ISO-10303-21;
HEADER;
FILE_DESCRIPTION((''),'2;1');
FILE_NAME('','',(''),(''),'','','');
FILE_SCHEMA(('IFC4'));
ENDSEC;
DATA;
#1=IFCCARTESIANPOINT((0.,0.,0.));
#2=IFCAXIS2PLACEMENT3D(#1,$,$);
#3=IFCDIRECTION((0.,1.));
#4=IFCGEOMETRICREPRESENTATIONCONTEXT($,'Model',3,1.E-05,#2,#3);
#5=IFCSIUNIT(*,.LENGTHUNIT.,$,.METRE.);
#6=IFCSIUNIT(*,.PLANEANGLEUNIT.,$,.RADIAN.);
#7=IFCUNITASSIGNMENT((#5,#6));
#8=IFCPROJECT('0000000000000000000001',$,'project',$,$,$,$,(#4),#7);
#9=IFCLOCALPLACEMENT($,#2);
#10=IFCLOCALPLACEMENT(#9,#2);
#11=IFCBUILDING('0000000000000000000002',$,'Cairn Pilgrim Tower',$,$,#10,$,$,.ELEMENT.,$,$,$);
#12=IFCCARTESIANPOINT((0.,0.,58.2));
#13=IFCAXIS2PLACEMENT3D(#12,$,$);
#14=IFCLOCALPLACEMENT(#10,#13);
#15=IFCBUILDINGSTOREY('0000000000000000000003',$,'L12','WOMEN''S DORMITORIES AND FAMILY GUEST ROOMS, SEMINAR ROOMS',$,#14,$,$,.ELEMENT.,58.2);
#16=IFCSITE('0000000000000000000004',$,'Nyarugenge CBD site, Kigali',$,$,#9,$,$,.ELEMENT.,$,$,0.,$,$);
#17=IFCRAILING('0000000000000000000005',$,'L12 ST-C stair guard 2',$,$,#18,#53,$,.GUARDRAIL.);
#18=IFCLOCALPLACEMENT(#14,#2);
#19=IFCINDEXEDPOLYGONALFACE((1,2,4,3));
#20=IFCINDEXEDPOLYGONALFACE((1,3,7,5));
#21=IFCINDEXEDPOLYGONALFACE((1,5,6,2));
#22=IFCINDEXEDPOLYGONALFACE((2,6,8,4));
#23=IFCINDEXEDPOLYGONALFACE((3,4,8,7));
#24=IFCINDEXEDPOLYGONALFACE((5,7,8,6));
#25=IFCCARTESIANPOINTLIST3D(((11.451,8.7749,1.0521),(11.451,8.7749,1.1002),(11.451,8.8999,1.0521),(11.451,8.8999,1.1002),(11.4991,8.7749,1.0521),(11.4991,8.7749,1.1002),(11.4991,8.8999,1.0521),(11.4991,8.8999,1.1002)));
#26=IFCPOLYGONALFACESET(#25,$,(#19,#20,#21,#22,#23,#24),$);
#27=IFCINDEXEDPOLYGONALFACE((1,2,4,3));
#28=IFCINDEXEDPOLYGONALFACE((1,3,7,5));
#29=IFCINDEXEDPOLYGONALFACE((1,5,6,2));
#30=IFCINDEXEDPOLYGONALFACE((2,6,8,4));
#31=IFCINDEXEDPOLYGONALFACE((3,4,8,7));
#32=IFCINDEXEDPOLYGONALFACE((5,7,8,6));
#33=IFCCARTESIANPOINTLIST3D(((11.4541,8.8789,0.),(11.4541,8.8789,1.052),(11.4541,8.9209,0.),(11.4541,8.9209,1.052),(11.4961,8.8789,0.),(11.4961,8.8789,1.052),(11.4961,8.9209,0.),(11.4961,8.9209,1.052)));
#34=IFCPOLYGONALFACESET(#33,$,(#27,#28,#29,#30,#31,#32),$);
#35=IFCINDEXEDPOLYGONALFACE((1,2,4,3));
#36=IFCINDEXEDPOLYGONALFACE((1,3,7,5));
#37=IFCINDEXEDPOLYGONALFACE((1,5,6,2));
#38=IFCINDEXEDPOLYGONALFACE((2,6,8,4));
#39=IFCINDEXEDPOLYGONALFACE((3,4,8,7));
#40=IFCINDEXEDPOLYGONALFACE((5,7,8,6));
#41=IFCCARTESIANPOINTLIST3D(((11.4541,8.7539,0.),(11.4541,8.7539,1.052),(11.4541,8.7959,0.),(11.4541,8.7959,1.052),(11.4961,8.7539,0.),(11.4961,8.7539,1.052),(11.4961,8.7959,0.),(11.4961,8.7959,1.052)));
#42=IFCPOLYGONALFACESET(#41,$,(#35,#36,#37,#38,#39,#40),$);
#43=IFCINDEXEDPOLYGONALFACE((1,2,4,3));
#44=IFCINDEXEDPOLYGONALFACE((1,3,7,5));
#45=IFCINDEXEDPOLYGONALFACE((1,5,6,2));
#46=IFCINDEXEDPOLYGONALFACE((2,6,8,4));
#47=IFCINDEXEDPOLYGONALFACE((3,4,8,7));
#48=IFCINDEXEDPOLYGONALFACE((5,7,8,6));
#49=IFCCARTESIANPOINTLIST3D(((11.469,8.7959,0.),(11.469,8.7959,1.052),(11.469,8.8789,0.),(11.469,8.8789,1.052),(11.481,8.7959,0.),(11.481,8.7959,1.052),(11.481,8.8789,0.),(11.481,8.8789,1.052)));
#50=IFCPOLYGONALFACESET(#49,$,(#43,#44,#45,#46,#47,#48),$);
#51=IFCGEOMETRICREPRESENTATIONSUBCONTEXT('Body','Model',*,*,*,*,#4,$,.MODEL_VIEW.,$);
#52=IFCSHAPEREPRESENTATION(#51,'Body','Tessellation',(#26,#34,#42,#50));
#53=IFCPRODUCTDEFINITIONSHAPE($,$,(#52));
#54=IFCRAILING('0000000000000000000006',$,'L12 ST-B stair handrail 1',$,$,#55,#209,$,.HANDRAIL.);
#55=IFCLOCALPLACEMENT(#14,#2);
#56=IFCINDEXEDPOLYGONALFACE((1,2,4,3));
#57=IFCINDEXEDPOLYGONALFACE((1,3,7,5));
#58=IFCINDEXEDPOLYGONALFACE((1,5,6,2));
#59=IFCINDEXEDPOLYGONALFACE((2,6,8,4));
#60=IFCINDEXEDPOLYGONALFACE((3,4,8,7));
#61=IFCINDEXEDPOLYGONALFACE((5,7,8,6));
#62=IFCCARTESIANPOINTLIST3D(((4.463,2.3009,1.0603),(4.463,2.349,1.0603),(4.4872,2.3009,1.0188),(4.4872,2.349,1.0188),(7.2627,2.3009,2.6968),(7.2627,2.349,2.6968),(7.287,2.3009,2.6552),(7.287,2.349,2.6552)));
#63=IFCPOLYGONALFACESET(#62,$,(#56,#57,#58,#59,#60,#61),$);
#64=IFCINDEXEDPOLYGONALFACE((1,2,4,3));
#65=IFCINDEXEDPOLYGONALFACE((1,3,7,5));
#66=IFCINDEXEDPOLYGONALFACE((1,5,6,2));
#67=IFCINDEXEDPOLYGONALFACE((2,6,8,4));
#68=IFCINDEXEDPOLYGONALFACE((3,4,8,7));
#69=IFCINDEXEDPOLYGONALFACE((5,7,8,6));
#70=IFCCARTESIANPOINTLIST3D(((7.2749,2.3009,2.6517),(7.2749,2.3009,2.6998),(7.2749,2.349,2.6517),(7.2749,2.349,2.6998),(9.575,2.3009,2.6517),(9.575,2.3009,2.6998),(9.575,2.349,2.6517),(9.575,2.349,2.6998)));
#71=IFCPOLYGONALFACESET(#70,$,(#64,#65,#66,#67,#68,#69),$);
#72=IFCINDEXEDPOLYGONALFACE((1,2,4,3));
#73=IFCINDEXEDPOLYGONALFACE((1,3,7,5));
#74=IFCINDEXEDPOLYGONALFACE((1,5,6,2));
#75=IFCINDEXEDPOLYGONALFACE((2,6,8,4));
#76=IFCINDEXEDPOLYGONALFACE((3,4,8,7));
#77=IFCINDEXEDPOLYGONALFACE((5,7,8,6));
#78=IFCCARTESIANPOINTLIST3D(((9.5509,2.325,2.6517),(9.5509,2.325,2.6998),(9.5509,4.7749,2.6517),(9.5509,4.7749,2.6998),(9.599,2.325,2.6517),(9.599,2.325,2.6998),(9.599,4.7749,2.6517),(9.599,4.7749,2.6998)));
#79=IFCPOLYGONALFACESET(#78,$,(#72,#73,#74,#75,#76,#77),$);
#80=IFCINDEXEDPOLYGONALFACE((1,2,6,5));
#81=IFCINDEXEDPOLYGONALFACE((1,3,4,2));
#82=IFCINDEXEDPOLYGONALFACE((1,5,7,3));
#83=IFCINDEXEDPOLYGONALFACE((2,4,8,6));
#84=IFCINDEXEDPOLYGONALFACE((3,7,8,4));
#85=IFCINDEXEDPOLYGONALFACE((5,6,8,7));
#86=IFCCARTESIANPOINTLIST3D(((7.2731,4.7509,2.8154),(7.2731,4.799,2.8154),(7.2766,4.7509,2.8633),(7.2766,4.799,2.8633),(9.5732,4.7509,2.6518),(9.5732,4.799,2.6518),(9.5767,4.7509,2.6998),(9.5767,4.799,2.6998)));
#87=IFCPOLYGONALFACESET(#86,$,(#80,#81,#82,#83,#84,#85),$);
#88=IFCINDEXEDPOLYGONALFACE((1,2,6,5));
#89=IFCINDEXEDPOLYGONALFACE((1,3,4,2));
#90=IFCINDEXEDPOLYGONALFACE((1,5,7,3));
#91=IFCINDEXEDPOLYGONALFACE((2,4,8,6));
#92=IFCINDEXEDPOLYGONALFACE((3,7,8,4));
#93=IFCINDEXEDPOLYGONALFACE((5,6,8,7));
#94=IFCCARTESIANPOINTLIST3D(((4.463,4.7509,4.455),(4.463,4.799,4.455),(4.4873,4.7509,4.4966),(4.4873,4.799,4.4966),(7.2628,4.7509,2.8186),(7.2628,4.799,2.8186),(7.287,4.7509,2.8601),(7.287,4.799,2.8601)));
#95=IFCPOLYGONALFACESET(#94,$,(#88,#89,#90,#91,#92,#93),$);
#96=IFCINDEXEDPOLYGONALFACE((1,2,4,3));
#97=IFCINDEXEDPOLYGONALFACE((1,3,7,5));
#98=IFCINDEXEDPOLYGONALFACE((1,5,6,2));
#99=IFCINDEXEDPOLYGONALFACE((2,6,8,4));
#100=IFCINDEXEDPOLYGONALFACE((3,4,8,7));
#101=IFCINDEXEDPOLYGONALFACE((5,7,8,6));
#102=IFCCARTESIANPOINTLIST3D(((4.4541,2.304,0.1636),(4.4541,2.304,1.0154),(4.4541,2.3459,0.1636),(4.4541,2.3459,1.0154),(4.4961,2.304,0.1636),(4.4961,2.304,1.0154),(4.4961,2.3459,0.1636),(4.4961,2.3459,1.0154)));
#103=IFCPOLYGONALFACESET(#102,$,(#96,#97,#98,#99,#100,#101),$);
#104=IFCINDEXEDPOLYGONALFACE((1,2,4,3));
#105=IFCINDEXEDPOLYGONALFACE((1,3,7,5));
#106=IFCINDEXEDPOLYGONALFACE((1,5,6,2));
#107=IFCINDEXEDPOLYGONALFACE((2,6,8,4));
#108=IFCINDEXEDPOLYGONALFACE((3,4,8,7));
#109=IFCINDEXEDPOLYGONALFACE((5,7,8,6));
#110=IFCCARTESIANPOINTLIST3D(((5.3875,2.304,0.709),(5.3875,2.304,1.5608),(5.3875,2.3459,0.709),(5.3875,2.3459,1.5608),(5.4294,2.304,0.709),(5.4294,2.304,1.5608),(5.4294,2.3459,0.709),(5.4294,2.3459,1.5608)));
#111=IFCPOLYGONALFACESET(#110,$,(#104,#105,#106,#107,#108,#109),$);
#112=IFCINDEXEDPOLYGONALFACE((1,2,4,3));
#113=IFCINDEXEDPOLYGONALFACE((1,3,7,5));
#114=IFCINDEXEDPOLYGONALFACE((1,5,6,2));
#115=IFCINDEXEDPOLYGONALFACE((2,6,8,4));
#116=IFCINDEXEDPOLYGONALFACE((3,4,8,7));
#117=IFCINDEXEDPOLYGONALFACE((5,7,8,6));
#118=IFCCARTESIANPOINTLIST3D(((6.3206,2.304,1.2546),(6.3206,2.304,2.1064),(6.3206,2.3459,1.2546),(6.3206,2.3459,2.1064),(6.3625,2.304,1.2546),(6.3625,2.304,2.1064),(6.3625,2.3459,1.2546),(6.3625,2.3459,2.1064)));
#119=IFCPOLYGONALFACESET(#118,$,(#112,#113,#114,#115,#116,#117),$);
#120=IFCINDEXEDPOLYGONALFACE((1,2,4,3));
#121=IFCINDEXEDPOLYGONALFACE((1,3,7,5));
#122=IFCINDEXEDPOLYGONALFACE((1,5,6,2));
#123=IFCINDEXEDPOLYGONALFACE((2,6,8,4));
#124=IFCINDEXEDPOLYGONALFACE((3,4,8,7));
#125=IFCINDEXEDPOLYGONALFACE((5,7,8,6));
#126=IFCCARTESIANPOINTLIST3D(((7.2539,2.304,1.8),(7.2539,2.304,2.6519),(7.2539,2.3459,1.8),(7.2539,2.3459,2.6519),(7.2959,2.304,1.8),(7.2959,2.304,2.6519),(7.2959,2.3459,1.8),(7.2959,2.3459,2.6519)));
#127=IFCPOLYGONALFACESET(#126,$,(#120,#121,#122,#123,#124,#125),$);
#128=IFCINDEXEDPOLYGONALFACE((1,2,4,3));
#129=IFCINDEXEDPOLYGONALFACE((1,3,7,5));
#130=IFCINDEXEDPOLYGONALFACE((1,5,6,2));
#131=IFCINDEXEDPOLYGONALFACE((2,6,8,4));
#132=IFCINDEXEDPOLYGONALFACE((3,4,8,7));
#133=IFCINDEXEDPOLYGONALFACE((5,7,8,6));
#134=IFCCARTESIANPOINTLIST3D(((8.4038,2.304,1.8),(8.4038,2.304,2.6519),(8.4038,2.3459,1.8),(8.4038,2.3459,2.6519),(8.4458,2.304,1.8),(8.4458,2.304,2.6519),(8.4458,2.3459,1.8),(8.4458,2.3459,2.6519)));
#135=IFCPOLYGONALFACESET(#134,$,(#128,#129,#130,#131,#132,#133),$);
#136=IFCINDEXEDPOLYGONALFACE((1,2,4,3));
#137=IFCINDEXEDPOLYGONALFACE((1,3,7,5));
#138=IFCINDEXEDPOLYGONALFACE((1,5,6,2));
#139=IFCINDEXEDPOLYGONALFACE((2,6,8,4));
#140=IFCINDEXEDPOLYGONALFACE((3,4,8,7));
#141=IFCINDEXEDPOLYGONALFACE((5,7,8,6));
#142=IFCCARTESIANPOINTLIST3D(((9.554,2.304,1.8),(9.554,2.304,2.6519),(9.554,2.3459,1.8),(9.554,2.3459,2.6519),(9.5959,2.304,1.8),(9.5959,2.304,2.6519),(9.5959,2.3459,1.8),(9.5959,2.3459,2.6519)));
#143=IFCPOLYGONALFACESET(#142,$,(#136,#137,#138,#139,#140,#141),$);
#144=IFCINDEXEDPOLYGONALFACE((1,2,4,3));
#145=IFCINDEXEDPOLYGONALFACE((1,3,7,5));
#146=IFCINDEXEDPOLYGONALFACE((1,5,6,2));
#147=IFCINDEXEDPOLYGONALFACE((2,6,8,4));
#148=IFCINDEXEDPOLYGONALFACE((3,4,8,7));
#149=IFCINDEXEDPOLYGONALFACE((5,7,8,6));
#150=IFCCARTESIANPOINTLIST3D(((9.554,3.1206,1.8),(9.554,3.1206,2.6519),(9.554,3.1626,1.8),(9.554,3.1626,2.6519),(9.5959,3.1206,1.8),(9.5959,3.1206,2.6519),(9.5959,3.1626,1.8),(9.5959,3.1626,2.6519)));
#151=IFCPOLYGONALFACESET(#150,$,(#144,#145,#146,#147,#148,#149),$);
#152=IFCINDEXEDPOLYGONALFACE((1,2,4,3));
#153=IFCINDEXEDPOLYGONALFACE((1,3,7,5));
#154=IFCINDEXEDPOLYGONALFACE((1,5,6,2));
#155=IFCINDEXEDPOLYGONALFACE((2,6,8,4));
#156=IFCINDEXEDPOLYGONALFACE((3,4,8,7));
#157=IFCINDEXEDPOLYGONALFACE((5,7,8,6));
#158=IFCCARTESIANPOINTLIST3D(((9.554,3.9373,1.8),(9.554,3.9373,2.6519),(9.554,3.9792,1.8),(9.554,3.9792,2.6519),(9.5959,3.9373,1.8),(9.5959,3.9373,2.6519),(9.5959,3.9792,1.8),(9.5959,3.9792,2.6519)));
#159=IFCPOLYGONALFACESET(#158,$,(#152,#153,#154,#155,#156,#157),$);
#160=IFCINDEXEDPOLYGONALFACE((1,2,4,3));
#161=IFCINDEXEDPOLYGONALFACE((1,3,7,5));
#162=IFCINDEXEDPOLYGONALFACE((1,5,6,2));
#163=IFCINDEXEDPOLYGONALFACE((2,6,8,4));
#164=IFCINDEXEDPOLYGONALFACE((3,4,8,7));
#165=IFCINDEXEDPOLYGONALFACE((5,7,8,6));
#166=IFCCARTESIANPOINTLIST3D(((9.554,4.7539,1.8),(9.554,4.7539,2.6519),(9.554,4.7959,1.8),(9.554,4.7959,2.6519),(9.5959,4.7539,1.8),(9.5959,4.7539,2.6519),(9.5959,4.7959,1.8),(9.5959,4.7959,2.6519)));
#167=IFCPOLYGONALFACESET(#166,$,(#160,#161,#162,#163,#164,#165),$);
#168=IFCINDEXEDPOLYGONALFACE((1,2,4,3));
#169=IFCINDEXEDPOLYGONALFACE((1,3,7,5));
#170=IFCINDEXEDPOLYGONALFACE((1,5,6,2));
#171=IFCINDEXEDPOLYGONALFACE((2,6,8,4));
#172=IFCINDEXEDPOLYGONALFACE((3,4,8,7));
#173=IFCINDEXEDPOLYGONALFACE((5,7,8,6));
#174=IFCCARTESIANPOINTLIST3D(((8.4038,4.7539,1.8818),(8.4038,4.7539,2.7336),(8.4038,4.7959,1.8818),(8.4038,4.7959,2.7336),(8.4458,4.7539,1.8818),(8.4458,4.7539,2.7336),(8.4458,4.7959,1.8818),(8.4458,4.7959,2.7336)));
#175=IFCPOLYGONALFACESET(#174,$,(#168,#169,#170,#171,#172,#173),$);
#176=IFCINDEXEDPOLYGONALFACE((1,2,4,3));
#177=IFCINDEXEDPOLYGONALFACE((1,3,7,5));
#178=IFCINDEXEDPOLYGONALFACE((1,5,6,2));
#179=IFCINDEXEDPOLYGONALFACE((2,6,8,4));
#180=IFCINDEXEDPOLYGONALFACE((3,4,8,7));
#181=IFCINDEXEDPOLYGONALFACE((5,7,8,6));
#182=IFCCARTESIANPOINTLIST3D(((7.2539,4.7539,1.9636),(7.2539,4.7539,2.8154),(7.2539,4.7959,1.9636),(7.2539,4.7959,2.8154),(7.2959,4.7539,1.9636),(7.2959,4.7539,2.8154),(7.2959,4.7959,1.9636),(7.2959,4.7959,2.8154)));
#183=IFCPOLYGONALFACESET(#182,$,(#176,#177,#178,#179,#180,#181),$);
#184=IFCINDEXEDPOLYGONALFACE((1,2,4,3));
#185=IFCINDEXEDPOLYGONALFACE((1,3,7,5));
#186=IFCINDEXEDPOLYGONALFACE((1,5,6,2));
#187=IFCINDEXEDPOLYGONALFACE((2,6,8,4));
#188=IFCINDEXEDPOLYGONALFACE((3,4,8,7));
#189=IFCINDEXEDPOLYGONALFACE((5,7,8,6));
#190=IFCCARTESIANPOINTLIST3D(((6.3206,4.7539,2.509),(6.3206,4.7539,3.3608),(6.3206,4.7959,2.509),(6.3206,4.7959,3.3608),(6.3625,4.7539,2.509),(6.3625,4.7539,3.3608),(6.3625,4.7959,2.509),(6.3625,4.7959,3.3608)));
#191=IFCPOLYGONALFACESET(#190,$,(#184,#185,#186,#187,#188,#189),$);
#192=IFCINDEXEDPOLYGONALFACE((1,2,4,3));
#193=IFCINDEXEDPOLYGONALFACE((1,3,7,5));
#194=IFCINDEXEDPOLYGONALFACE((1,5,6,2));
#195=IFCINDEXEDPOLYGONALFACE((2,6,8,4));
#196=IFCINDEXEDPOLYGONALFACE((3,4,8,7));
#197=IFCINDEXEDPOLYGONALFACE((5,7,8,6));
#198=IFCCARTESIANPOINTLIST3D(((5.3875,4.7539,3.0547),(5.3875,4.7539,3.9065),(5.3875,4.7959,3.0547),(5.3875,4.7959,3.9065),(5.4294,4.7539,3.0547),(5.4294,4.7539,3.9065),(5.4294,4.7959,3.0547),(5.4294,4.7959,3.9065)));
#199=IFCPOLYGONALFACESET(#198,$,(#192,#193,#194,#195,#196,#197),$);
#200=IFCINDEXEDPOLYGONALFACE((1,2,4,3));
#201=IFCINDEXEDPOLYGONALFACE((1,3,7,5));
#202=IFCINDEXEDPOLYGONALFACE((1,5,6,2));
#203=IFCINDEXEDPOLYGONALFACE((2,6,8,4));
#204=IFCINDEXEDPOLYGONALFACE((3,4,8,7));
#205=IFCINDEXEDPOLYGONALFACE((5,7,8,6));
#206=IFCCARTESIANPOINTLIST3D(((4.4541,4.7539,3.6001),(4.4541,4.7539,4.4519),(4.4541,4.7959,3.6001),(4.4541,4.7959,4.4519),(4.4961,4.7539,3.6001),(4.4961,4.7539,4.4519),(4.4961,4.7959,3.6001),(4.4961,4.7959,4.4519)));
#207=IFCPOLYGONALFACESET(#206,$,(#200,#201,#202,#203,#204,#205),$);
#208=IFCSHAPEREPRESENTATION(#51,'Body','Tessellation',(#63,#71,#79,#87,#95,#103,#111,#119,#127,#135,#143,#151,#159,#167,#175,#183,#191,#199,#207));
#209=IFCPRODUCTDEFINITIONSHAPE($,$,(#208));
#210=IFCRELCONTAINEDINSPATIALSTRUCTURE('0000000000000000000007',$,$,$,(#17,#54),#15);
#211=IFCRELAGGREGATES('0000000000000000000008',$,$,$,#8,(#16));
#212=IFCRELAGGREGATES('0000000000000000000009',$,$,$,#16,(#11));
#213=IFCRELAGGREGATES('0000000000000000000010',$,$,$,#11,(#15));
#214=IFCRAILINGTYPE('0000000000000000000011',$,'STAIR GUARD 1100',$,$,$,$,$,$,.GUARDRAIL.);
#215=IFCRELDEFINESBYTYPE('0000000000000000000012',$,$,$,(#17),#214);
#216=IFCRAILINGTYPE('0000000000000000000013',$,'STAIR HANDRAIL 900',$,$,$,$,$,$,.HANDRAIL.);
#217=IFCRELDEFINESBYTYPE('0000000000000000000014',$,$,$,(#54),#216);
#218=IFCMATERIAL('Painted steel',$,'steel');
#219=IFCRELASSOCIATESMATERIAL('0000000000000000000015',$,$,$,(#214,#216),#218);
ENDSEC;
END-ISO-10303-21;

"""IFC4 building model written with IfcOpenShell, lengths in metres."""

from ifc_helpers import new_model, si_unit, direction, frame, origin, origin_2d, place, context, subcontext, project, spatial, polyline, rectangle, outline, extrude, material, type_object, element, save


model = new_model("IFC4")

# Units and contexts
model_context = context("Model", 3, precision=1e-05, world=origin(), true_north=direction((0.0, 1.0)))
body_context = subcontext(model_context, "Body", "Model", "MODEL_VIEW")
ifc_project = project(units=[si_unit("LENGTHUNIT", "METRE"), si_unit("PLANEANGLEUNIT", "RADIAN")], contexts=[model_context])

# Site, building, storey
site_placement = place(None, origin())
site = spatial("IfcSite", under=ifc_project, at=site_placement, Name="Nyarugenge CBD site, Kigali", CompositionType="ELEMENT", RefElevation=0.0)
building_placement = place(site_placement, origin())
building = spatial("IfcBuilding", under=site, at=building_placement, Name="Cairn Pilgrim Tower", CompositionType="ELEMENT")
storey_placement = place(building_placement, frame((0.0, 0.0, 58.2)))
storey = spatial("IfcBuildingStorey", under=building, at=storey_placement, Name="L12", Description="WOMEN'S DORMITORIES AND FAMILY GUEST ROOMS, SEMINAR ROOMS", CompositionType="ELEMENT", Elevation=58.2)

# Shared definitions
ifc_material_1 = material(Name="Painted steel", Category="steel")

# Railings
railing_type_1 = type_object("IfcRailingType", Name="STAIR GUARD 1100", PredefinedType="GUARDRAIL", material=ifc_material_1)
railing_1_placement = place(storey_placement, frame((11.4751, 8.8999, 0.0)))
element("IfcRailing", 1, at=railing_1_placement, inside=storey, type_object=railing_type_1, Name="L12 ST-C stair guard 2", PredefinedType="GUARDRAIL", context=body_context, shape_type="SweptSolid", body=[
    extrude(rectangle(XDim=0.0481, YDim=0.0481, at=origin_2d()), frame((0.0, 0.0, 1.0762), z_axis=(0.0, -1.0, 0.0), x_axis=(1.0, 0.0, 0.0)), (0.0, 0.0, 1.0), 0.125),
    extrude(rectangle(XDim=0.042, YDim=0.042, at=origin_2d()), origin(), (0.0, 0.0, 1.0), 1.052),
    extrude(rectangle(XDim=0.042, YDim=0.042, at=origin_2d()), frame((0.0, -0.125, 0.0)), (0.0, 0.0, 1.0), 1.052),
    extrude(outline(polyline([(0.021, 0.0), (0.104, 0.0), (0.104, 1.052), (0.021, 1.052), (0.021, 0.0)])), frame((0.0059, 0.0, 0.0), z_axis=(-1.0, 0.0, 0.0), x_axis=(0.0, -1.0, 0.0)), (0.0, 0.0, 1.0), 0.012),
])
railing_type_2 = type_object("IfcRailingType", Name="STAIR HANDRAIL 900", PredefinedType="HANDRAIL", material=ifc_material_1)
railing_2_placement = place(storey_placement, frame((4.4751, 2.325, 0.1636)))
element("IfcRailing", 2, at=railing_2_placement, inside=storey, type_object=railing_type_2, Name="L12 ST-B stair handrail 1", PredefinedType="HANDRAIL", context=body_context, shape_type="SweptSolid", body=[
    extrude(rectangle(XDim=0.0481, YDim=0.0481, at=origin_2d()), frame((0.0, 0.0, 0.876), z_axis=(0.863342, 0.0, 0.50462), x_axis=(0.0, 1.0, 0.0)), (0.0, 0.0, 1.0), 3.2429),
    extrude(rectangle(XDim=0.0481, YDim=0.0481, at=origin_2d()), frame((2.7998, 0.0, 2.5122), z_axis=(1.0, 0.0, 0.0), x_axis=(0.0, 1.0, 0.0)), (0.0, 0.0, 1.0), 2.3),
    extrude(rectangle(XDim=0.0481, YDim=0.0481, at=origin_2d()), frame((5.0999, 0.0, 2.5122), z_axis=(0.0, 1.0, 0.0), x_axis=(-1.0, 0.0, 0.0)), (0.0, 0.0, 1.0), 2.45),
    extrude(rectangle(XDim=0.0481, YDim=0.0481, at=origin_2d()), frame((5.0999, 2.45, 2.5122), z_axis=(-0.997481, 0.0, 0.070939), x_axis=(0.0, -1.0, 0.0)), (0.0, 0.0, 1.0), 2.3059),
    extrude(rectangle(XDim=0.0481, YDim=0.0481, at=origin_2d()), frame((2.7998, 2.45, 2.6758), z_axis=(-0.863342, 0.0, 0.50462), x_axis=(0.0, -1.0, 0.0)), (0.0, 0.0, 1.0), 3.2429),
    extrude(rectangle(XDim=0.042, YDim=0.042, at=origin_2d()), origin(), (0.0, 0.0, 1.0), 0.8518),
    extrude(rectangle(XDim=0.042, YDim=0.042, at=origin_2d()), frame((0.9333, 0.0, 0.5454)), (0.0, 0.0, 1.0), 0.8518),
    extrude(rectangle(XDim=0.042, YDim=0.042, at=origin_2d()), frame((1.8665, 0.0, 1.0911)), (0.0, 0.0, 1.0), 0.8518),
    extrude(rectangle(XDim=0.042, YDim=0.042, at=origin_2d()), frame((2.7998, 0.0, 1.6365)), (0.0, 0.0, 1.0), 0.8518),
    extrude(rectangle(XDim=0.042, YDim=0.042, at=origin_2d()), frame((3.9497, 0.0, 1.6365)), (0.0, 0.0, 1.0), 0.8518),
    extrude(rectangle(XDim=0.042, YDim=0.042, at=origin_2d()), frame((5.0999, 0.0, 1.6365)), (0.0, 0.0, 1.0), 0.8518),
    extrude(rectangle(XDim=0.042, YDim=0.042, at=origin_2d()), frame((5.0999, 0.8167, 1.6365)), (0.0, 0.0, 1.0), 0.8518),
    extrude(rectangle(XDim=0.042, YDim=0.042, at=origin_2d()), frame((5.0999, 1.6333, 1.6365)), (0.0, 0.0, 1.0), 0.8518),
    extrude(rectangle(XDim=0.042, YDim=0.042, at=origin_2d()), frame((5.0999, 2.45, 1.6365)), (0.0, 0.0, 1.0), 0.8518),
    extrude(rectangle(XDim=0.042, YDim=0.042, at=origin_2d()), frame((3.9497, 2.45, 1.7183)), (0.0, 0.0, 1.0), 0.8518),
    extrude(rectangle(XDim=0.042, YDim=0.042, at=origin_2d()), frame((2.7998, 2.45, 1.8)), (0.0, 0.0, 1.0), 0.8518),
    extrude(rectangle(XDim=0.042, YDim=0.042, at=origin_2d()), frame((1.8665, 2.45, 2.3455)), (0.0, 0.0, 1.0), 0.8518),
    extrude(rectangle(XDim=0.042, YDim=0.042, at=origin_2d()), frame((0.9333, 2.45, 2.8911)), (0.0, 0.0, 1.0), 0.8518),
    extrude(rectangle(XDim=0.042, YDim=0.042, at=origin_2d()), frame((0.0, 2.45, 3.4365)), (0.0, 0.0, 1.0), 0.8518),
])

save(model, "model.ifc")
